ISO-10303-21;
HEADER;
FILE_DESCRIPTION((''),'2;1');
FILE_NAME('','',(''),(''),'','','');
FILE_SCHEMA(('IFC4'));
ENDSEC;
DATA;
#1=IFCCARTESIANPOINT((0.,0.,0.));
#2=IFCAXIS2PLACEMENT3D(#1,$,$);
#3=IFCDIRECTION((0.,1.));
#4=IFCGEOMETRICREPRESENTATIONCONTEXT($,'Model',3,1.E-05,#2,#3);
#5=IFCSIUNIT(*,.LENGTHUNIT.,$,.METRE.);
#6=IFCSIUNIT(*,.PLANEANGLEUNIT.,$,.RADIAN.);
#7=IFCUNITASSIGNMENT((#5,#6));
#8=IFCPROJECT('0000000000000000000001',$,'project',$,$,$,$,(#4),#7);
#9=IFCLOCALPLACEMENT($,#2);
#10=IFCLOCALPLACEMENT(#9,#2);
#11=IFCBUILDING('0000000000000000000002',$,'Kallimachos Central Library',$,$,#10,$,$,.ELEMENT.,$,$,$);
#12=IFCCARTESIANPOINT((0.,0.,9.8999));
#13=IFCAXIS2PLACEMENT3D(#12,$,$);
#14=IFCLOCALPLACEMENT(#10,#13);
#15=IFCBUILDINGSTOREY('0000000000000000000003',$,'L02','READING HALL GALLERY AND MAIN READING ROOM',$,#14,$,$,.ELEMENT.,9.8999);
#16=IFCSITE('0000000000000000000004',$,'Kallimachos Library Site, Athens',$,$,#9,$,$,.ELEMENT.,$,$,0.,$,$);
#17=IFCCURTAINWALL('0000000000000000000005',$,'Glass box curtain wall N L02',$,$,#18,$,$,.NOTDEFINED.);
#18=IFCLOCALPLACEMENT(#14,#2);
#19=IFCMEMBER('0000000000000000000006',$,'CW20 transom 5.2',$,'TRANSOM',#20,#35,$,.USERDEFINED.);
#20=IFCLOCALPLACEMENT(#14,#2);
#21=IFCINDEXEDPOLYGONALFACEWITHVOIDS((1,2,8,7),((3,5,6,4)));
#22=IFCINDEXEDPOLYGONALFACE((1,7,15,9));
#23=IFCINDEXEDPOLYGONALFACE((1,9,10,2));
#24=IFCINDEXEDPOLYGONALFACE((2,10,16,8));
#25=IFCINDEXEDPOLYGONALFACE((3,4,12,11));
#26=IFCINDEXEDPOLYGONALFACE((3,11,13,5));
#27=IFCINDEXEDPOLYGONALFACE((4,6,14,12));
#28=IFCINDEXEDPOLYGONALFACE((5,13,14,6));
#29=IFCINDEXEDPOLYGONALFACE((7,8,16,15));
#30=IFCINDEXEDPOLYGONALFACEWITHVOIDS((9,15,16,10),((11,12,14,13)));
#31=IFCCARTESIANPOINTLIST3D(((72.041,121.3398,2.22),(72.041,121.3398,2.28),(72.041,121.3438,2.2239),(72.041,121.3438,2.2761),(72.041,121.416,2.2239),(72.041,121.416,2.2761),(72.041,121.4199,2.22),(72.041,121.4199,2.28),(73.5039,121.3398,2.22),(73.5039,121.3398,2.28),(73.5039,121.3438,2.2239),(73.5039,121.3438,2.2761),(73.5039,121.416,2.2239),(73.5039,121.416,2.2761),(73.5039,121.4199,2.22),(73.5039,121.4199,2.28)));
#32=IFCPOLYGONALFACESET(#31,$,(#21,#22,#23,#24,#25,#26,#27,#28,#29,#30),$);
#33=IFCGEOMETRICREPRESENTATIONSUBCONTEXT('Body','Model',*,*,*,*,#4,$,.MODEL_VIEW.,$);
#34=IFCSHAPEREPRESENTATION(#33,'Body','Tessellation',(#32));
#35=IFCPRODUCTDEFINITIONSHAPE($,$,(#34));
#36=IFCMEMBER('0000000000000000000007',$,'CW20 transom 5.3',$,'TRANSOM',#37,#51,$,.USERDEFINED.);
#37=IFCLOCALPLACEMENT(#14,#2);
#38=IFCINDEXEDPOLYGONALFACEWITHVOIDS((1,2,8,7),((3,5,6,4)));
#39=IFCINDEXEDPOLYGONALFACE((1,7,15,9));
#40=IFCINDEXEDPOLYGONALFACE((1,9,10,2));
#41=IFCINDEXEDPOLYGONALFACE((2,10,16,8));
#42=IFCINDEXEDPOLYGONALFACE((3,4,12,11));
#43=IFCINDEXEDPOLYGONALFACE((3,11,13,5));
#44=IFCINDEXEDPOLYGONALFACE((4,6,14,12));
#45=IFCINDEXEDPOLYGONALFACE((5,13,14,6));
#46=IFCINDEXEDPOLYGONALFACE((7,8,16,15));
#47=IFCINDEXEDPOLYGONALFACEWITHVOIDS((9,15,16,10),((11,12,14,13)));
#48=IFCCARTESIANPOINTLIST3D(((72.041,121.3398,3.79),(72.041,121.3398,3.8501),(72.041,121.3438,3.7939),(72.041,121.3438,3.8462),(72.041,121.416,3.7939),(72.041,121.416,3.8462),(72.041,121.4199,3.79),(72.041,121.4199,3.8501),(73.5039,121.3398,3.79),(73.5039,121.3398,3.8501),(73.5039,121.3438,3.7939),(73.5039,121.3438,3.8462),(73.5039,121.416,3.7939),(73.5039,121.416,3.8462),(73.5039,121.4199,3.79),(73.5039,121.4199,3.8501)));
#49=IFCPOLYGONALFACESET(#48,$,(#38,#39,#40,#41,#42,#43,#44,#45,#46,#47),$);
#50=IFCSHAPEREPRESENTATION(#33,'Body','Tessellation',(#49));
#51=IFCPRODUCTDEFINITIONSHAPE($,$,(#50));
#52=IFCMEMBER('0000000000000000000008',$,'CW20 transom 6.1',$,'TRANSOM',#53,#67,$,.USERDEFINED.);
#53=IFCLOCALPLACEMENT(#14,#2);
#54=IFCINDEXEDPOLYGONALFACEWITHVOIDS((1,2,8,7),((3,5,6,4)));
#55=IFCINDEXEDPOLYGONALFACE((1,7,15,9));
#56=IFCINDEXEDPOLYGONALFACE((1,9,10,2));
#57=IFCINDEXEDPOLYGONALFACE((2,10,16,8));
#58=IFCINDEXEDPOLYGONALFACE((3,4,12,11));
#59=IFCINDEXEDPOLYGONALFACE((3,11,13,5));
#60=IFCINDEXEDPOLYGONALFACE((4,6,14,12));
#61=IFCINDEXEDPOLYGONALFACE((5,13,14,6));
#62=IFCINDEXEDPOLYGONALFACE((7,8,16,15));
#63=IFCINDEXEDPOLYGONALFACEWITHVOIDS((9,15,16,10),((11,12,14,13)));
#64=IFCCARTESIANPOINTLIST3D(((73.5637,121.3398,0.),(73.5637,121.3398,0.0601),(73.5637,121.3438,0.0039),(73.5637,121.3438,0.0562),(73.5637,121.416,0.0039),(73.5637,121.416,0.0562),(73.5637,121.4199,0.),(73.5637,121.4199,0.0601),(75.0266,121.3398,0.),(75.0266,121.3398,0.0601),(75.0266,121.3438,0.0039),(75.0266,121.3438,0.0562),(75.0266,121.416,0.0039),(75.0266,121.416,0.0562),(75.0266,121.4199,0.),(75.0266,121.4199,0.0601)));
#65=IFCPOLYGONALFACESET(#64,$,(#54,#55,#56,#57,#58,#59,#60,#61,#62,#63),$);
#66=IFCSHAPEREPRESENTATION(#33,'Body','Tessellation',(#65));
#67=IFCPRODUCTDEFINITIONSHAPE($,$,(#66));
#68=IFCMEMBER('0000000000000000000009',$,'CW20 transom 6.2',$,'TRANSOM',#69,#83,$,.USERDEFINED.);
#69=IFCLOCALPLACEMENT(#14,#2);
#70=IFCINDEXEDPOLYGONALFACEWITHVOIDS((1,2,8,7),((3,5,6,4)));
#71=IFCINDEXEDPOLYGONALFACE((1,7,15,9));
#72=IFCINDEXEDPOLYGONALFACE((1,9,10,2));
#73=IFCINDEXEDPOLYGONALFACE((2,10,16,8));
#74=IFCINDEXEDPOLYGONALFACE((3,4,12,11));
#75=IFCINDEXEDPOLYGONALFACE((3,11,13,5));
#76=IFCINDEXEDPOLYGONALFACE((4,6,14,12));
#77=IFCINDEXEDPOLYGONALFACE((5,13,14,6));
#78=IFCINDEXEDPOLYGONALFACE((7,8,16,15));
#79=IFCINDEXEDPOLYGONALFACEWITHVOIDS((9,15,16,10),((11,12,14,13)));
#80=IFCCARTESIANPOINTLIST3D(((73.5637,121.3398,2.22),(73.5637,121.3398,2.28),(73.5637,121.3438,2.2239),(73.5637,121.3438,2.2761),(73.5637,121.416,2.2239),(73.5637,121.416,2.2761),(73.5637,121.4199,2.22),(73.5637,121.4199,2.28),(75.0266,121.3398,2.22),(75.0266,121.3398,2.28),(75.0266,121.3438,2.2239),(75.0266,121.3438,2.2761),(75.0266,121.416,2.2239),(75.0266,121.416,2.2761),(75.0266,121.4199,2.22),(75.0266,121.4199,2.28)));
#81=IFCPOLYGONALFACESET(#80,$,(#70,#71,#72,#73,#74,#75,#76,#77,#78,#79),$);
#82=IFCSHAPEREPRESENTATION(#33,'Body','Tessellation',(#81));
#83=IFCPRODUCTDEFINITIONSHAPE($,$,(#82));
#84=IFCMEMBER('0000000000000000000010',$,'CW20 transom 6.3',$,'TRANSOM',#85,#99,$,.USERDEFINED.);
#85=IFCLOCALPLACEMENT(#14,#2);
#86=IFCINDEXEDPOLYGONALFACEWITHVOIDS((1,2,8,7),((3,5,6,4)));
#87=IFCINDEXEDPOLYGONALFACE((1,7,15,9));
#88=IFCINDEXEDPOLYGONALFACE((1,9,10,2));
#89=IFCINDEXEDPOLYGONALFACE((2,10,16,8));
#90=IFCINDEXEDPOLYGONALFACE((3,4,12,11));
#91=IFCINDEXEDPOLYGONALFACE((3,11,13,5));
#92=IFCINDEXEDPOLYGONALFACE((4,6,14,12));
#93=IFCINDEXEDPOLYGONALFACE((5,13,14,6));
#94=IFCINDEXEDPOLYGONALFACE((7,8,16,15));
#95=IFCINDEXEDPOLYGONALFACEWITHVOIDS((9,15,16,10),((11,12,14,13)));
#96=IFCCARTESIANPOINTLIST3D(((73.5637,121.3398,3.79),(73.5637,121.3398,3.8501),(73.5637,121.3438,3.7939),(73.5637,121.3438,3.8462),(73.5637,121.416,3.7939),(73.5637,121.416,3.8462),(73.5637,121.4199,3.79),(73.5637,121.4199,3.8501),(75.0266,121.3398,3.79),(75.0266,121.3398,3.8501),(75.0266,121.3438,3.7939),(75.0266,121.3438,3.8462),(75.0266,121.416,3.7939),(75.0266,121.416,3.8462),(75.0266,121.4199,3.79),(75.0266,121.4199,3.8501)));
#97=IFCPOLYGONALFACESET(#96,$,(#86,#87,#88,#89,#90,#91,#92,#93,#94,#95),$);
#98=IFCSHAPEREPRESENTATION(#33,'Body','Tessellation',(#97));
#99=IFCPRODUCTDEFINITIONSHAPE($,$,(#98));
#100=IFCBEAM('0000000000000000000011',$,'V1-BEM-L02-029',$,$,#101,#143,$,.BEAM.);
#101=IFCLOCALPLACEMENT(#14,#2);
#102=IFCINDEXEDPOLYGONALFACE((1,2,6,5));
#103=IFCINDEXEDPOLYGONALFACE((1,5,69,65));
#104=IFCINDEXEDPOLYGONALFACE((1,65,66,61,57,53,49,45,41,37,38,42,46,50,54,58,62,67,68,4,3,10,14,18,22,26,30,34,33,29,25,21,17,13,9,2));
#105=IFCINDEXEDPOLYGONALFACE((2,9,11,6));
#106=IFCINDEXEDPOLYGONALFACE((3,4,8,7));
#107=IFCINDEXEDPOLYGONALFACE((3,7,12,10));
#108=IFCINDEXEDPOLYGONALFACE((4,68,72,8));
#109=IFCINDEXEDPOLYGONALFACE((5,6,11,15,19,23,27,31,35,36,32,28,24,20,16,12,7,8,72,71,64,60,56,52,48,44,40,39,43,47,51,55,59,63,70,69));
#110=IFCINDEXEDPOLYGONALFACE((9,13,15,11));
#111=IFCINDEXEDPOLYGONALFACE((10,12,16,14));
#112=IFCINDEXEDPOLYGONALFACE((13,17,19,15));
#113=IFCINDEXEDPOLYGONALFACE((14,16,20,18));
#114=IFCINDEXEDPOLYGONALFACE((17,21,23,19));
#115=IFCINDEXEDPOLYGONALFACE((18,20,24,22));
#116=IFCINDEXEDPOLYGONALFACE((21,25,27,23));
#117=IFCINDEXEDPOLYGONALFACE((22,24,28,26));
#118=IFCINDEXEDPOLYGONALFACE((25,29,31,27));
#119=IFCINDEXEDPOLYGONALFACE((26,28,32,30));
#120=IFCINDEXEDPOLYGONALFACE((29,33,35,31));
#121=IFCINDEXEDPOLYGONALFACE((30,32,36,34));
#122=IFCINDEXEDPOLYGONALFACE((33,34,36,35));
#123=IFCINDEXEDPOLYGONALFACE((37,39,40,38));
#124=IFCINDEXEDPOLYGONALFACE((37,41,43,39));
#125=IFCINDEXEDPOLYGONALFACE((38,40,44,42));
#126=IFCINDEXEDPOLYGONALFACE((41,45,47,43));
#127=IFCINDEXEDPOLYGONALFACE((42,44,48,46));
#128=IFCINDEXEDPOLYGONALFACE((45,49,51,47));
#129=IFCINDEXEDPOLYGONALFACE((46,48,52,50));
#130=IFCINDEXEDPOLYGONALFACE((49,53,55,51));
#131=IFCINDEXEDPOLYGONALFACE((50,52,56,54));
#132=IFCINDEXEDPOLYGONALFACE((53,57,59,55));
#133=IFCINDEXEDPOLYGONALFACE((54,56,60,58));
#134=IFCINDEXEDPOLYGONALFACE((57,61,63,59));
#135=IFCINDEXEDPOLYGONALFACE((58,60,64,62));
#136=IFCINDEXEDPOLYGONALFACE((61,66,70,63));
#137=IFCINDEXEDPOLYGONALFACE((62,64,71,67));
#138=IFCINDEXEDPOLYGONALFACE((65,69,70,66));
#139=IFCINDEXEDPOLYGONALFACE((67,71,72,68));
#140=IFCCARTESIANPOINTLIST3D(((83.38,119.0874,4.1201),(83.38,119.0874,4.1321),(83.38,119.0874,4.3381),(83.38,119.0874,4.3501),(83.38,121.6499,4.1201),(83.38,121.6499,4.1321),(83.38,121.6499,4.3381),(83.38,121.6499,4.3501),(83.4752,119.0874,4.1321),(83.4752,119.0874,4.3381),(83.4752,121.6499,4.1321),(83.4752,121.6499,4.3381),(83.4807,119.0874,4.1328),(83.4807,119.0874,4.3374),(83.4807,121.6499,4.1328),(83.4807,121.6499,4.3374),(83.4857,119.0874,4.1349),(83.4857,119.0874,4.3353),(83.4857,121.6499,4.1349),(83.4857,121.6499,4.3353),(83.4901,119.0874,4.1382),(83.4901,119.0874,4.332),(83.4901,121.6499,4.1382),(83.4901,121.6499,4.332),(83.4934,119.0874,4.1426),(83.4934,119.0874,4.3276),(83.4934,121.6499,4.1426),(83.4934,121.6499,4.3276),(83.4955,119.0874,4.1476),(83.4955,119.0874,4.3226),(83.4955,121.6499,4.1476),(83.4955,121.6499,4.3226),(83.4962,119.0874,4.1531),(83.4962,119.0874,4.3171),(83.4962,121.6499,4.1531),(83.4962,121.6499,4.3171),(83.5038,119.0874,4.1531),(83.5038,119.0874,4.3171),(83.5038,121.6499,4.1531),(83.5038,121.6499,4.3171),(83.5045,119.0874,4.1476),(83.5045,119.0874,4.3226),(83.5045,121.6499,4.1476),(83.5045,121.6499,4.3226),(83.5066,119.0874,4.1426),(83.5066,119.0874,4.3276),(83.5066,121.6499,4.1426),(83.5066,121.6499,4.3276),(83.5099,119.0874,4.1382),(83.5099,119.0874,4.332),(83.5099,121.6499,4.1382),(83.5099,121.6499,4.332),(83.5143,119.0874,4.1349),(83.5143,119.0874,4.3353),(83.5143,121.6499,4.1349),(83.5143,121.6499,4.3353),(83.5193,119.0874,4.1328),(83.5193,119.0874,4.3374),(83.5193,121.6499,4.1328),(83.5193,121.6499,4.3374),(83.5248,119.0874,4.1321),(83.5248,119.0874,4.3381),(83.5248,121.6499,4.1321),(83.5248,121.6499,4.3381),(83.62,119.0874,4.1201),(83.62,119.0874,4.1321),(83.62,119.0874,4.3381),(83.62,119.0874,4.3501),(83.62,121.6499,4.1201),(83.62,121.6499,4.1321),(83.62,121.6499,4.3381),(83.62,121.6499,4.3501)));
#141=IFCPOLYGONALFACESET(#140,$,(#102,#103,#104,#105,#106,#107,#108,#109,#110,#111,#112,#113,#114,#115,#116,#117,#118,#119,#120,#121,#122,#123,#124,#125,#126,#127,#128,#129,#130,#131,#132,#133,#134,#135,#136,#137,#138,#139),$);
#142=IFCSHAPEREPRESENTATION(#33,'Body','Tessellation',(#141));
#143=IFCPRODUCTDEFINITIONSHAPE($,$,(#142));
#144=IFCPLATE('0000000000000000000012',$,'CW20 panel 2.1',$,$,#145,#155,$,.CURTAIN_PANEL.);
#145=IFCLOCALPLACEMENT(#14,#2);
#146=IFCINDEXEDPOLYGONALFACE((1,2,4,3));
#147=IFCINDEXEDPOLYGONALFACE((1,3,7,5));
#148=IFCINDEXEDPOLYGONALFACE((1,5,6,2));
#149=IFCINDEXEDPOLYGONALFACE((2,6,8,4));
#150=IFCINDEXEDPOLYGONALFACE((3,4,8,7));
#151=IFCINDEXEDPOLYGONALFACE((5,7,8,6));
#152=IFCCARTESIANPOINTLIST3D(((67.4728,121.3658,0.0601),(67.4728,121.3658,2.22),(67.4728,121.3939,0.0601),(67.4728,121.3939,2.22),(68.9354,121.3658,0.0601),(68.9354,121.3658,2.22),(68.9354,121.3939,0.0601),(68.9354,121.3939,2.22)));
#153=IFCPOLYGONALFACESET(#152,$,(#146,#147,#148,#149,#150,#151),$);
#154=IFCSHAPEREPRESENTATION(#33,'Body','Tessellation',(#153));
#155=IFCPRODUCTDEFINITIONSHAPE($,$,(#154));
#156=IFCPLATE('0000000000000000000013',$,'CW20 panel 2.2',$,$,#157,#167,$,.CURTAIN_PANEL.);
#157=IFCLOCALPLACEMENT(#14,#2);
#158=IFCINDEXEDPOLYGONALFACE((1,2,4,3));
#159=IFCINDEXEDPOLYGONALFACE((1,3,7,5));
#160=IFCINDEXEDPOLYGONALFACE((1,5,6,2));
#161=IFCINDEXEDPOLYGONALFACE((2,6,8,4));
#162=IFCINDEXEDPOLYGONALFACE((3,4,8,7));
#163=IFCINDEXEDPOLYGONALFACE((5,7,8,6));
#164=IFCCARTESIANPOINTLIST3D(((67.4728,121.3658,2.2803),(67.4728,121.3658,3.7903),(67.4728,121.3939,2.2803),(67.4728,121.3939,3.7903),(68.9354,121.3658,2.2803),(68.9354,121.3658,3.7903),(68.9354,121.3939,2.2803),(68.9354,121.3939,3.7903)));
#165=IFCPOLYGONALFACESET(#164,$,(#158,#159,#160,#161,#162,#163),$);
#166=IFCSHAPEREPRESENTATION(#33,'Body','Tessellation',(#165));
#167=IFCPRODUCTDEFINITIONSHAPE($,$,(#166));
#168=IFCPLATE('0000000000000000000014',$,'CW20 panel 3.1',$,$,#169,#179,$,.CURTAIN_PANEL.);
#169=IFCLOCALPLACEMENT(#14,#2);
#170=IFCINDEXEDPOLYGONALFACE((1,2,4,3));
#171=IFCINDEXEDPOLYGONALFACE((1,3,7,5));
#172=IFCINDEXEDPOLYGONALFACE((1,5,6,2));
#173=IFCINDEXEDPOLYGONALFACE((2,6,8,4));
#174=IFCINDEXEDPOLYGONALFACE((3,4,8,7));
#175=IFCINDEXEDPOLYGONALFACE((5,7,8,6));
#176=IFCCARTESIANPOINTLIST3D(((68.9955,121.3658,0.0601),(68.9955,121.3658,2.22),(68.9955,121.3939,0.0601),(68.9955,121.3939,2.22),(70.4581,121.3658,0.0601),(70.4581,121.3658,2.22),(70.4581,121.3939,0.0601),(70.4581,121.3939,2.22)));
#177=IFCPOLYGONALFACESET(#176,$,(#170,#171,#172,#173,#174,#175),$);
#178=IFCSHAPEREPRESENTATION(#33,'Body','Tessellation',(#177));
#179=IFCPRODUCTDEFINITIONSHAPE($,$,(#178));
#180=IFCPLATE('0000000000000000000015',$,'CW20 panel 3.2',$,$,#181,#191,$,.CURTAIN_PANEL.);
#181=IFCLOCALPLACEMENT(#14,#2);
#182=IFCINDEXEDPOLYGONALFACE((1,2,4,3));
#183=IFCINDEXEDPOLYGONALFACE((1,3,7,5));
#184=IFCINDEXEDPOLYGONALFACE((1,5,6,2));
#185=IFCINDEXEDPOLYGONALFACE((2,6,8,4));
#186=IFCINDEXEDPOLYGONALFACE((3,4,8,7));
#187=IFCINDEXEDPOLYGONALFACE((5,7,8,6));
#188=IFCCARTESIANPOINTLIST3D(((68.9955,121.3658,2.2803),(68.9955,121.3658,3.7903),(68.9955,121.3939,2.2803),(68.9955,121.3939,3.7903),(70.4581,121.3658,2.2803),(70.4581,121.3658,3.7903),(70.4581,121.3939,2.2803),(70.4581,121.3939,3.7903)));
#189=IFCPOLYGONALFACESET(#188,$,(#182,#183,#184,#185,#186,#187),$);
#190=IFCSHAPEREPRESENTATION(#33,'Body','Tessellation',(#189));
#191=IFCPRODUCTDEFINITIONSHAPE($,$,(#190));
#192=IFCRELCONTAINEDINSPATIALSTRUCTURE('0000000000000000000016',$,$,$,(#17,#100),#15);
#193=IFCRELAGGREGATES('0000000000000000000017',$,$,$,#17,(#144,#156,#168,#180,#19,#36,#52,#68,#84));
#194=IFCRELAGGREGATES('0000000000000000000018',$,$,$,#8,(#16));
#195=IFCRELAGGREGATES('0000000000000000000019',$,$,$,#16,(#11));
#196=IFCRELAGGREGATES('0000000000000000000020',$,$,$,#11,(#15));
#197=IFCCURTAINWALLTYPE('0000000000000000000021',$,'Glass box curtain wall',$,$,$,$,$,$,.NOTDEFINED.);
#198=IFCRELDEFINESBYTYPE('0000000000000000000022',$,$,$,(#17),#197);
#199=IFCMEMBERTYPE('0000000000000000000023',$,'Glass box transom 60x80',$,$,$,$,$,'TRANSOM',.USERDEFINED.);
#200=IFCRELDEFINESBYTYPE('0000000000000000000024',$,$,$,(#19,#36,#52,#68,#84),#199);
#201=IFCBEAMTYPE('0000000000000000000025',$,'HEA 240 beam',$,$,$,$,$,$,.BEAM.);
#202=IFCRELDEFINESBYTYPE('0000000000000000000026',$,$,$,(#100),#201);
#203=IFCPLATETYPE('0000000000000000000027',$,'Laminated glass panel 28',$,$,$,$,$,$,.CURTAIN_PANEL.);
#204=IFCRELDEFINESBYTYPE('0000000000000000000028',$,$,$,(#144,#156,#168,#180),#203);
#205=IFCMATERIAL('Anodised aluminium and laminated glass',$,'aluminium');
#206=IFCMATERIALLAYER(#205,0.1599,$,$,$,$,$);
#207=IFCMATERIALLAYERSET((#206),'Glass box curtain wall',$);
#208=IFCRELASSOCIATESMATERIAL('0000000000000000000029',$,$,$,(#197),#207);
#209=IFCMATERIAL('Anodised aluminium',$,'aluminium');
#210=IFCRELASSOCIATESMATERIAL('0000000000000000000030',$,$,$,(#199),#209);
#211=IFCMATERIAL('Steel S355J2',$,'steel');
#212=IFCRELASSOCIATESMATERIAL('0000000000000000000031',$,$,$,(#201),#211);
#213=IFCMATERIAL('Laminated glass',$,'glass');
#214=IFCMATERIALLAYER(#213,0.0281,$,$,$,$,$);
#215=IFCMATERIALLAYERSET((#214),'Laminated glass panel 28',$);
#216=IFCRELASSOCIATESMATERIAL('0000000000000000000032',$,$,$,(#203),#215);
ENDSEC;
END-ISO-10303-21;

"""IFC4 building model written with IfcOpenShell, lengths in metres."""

from ifc_helpers import new_model, si_unit, direction, frame, origin, origin_2d, place, context, subcontext, project, spatial, rectangle, hollow_rectangle, i_section, extrude, material, layer, layer_set, material_profile, profile_set, type_object, element, aggregate, save


model = new_model("IFC4")

# Units and contexts
model_context = context("Model", 3, precision=1e-05, world=origin(), true_north=direction((0.0, 1.0)))
body_context = subcontext(model_context, "Body", "Model", "MODEL_VIEW")
ifc_project = project(units=[si_unit("LENGTHUNIT", "METRE"), si_unit("PLANEANGLEUNIT", "RADIAN")], contexts=[model_context])

# Site, building, storey
site_placement = place(None, origin())
site = spatial("IfcSite", under=ifc_project, at=site_placement, Name="Kallimachos Library Site, Athens", CompositionType="ELEMENT", RefElevation=0.0)
building_placement = place(site_placement, origin())
building = spatial("IfcBuilding", under=site, at=building_placement, Name="Kallimachos Central Library", CompositionType="ELEMENT")
storey_placement = place(building_placement, frame((0.0, 0.0, 9.8999)))
storey = spatial("IfcBuildingStorey", under=building, at=storey_placement, Name="L02", Description="READING HALL GALLERY AND MAIN READING ROOM", CompositionType="ELEMENT", Elevation=9.8999)

# Curtain wall, members
ifc_material_1 = material(Name="Anodised aluminium and laminated glass", Category="aluminium")
ifc_layer_1 = layer(ifc_material_1, 0.1599)
ifc_layer_set_1 = layer_set([ifc_layer_1], Name="Glass box curtain wall")
curtain_wall_type = type_object("IfcCurtainWallType", Name="Glass box curtain wall", PredefinedType="NOTDEFINED", material=ifc_layer_set_1)
curtain_wall_placement = place(storey_placement, origin())
curtain_wall = element("IfcCurtainWall", 1, at=curtain_wall_placement, inside=storey, type_object=curtain_wall_type, Name="Glass box curtain wall N L02", PredefinedType="NOTDEFINED")
ifc_material_2 = material(Name="Anodised aluminium", Category="aluminium")
ifc_material_profile_1 = material_profile(ifc_material_2, hollow_rectangle(XDim=0.0601, YDim=0.0801, WallThickness=0.0039, at=origin_2d()), Name="ALU TRANSOM 60x80")
ifc_profile_set_1 = profile_set([ifc_material_profile_1], Name="Anodised aluminium")
member_type_1 = type_object("IfcMemberType", Name="Glass box transom 60x80", ElementType="TRANSOM", PredefinedType="USERDEFINED", material=ifc_profile_set_1)
member_1_placement = place(storey_placement, frame((72.041, 121.3799, 2.25), z_axis=(1.0, 0.0, 0.0), x_axis=(0.0, 0.0, 1.0)))
member_1 = element("IfcMember", 2, at=member_1_placement, type_object=member_type_1, Name="CW20 transom 5.2", ObjectType="TRANSOM", PredefinedType="USERDEFINED", context=body_context, shape_type="SweptSolid", body=[
    extrude(hollow_rectangle(XDim=0.0601, YDim=0.0801, WallThickness=0.0039, at=origin_2d()), origin(), (0.0, 0.0, 1.0), 1.4629),
])
member_2_placement = place(storey_placement, frame((72.041, 121.3799, 3.8201), z_axis=(1.0, 0.0, 0.0), x_axis=(0.0, 0.0, 1.0)))
member_2 = element("IfcMember", 3, at=member_2_placement, type_object=member_type_1, Name="CW20 transom 5.3", ObjectType="TRANSOM", PredefinedType="USERDEFINED", context=body_context, shape_type="SweptSolid", body=[
    extrude(hollow_rectangle(XDim=0.0601, YDim=0.0801, WallThickness=0.0039, at=origin_2d()), origin(), (0.0, 0.0, 1.0), 1.4629),
])
member_3_placement = place(storey_placement, frame((73.5637, 121.3799, 0.03), z_axis=(1.0, 0.0, 0.0), x_axis=(0.0, 0.0, 1.0)))
member_3 = element("IfcMember", 4, at=member_3_placement, type_object=member_type_1, Name="CW20 transom 6.1", ObjectType="TRANSOM", PredefinedType="USERDEFINED", context=body_context, shape_type="SweptSolid", body=[
    extrude(hollow_rectangle(XDim=0.0601, YDim=0.0801, WallThickness=0.0039, at=origin_2d()), origin(), (0.0, 0.0, 1.0), 1.4629),
])
member_4_placement = place(storey_placement, frame((73.5637, 121.3799, 2.25), z_axis=(1.0, 0.0, 0.0), x_axis=(0.0, 0.0, 1.0)))
member_4 = element("IfcMember", 5, at=member_4_placement, type_object=member_type_1, Name="CW20 transom 6.2", ObjectType="TRANSOM", PredefinedType="USERDEFINED", context=body_context, shape_type="SweptSolid", body=[
    extrude(hollow_rectangle(XDim=0.0601, YDim=0.0801, WallThickness=0.0039, at=origin_2d()), origin(), (0.0, 0.0, 1.0), 1.4629),
])
member_5_placement = place(storey_placement, frame((73.5637, 121.3799, 3.8201), z_axis=(1.0, 0.0, 0.0), x_axis=(0.0, 0.0, 1.0)))
member_5 = element("IfcMember", 6, at=member_5_placement, type_object=member_type_1, Name="CW20 transom 6.3", ObjectType="TRANSOM", PredefinedType="USERDEFINED", context=body_context, shape_type="SweptSolid", body=[
    extrude(hollow_rectangle(XDim=0.0601, YDim=0.0801, WallThickness=0.0039, at=origin_2d()), origin(), (0.0, 0.0, 1.0), 1.4629),
])

# Beam
ifc_material_3 = material(Name="Steel S355J2", Category="steel")
ifc_material_profile_2 = material_profile(ifc_material_3, i_section(OverallWidth=0.24, OverallDepth=0.23, WebThickness=0.0076, FlangeThickness=0.012, FilletRadius=0.021, at=origin_2d()), Name="HEA 240")
ifc_profile_set_2 = profile_set([ifc_material_profile_2], Name="Steel S355J2")
beam_type = type_object("IfcBeamType", Name="HEA 240 beam", PredefinedType="BEAM", material=ifc_profile_set_2)
beam_placement = place(storey_placement, frame((83.5, 119.0874, 4.2351), z_axis=(0.0, 1.0, 0.0), x_axis=(-1.0, 0.0, 0.0)))
element("IfcBeam", 7, at=beam_placement, inside=storey, type_object=beam_type, Name="V1-BEM-L02-029", PredefinedType="BEAM", context=body_context, shape_type="SweptSolid", body=[
    extrude(i_section(OverallWidth=0.24, OverallDepth=0.23, WebThickness=0.0076, FlangeThickness=0.012, FilletRadius=0.021, at=origin_2d()), origin(), (0.0, 0.0, 1.0), 2.5625),
])

# Plates
ifc_material_4 = material(Name="Laminated glass", Category="glass")
ifc_layer_2 = layer(ifc_material_4, 0.0281)
ifc_layer_set_2 = layer_set([ifc_layer_2], Name="Laminated glass panel 28")
plate_type = type_object("IfcPlateType", Name="Laminated glass panel 28", PredefinedType="CURTAIN_PANEL", material=ifc_layer_set_2)
plate_1_placement = place(storey_placement, frame((68.2041, 121.3799, 0.0601), z_axis=(0.0, 0.0, 1.0), x_axis=(1.0, 0.0, 0.0)))
plate_1 = element("IfcPlate", 8, at=plate_1_placement, type_object=plate_type, Name="CW20 panel 2.1", PredefinedType="CURTAIN_PANEL", context=body_context, shape_type="SweptSolid", body=[
    extrude(rectangle(XDim=1.4626, YDim=0.0281, at=origin_2d()), origin(), (0.0, 0.0, 1.0), 2.1599),
])
plate_2_placement = place(storey_placement, frame((68.2041, 121.3799, 2.2803), z_axis=(0.0, 0.0, 1.0), x_axis=(1.0, 0.0, 0.0)))
plate_2 = element("IfcPlate", 9, at=plate_2_placement, type_object=plate_type, Name="CW20 panel 2.2", PredefinedType="CURTAIN_PANEL", context=body_context, shape_type="SweptSolid", body=[
    extrude(rectangle(XDim=1.4626, YDim=0.0281, at=origin_2d()), origin(), (0.0, 0.0, 1.0), 1.51),
])
plate_3_placement = place(storey_placement, frame((69.7268, 121.3799, 0.0601), z_axis=(0.0, 0.0, 1.0), x_axis=(1.0, 0.0, 0.0)))
plate_3 = element("IfcPlate", 10, at=plate_3_placement, type_object=plate_type, Name="CW20 panel 3.1", PredefinedType="CURTAIN_PANEL", context=body_context, shape_type="SweptSolid", body=[
    extrude(rectangle(XDim=1.4626, YDim=0.0281, at=origin_2d()), origin(), (0.0, 0.0, 1.0), 2.1599),
])
plate_4_placement = place(storey_placement, frame((69.7268, 121.3799, 2.2803), z_axis=(0.0, 0.0, 1.0), x_axis=(1.0, 0.0, 0.0)))
plate_4 = element("IfcPlate", 11, at=plate_4_placement, type_object=plate_type, Name="CW20 panel 3.2", PredefinedType="CURTAIN_PANEL", context=body_context, shape_type="SweptSolid", body=[
    extrude(rectangle(XDim=1.4626, YDim=0.0281, at=origin_2d()), origin(), (0.0, 0.0, 1.0), 1.51),
])
aggregate(curtain_wall, [plate_1, plate_2, plate_3, plate_4, member_1, member_2, member_3, member_4, member_5])

save(model, "model.ifc")
